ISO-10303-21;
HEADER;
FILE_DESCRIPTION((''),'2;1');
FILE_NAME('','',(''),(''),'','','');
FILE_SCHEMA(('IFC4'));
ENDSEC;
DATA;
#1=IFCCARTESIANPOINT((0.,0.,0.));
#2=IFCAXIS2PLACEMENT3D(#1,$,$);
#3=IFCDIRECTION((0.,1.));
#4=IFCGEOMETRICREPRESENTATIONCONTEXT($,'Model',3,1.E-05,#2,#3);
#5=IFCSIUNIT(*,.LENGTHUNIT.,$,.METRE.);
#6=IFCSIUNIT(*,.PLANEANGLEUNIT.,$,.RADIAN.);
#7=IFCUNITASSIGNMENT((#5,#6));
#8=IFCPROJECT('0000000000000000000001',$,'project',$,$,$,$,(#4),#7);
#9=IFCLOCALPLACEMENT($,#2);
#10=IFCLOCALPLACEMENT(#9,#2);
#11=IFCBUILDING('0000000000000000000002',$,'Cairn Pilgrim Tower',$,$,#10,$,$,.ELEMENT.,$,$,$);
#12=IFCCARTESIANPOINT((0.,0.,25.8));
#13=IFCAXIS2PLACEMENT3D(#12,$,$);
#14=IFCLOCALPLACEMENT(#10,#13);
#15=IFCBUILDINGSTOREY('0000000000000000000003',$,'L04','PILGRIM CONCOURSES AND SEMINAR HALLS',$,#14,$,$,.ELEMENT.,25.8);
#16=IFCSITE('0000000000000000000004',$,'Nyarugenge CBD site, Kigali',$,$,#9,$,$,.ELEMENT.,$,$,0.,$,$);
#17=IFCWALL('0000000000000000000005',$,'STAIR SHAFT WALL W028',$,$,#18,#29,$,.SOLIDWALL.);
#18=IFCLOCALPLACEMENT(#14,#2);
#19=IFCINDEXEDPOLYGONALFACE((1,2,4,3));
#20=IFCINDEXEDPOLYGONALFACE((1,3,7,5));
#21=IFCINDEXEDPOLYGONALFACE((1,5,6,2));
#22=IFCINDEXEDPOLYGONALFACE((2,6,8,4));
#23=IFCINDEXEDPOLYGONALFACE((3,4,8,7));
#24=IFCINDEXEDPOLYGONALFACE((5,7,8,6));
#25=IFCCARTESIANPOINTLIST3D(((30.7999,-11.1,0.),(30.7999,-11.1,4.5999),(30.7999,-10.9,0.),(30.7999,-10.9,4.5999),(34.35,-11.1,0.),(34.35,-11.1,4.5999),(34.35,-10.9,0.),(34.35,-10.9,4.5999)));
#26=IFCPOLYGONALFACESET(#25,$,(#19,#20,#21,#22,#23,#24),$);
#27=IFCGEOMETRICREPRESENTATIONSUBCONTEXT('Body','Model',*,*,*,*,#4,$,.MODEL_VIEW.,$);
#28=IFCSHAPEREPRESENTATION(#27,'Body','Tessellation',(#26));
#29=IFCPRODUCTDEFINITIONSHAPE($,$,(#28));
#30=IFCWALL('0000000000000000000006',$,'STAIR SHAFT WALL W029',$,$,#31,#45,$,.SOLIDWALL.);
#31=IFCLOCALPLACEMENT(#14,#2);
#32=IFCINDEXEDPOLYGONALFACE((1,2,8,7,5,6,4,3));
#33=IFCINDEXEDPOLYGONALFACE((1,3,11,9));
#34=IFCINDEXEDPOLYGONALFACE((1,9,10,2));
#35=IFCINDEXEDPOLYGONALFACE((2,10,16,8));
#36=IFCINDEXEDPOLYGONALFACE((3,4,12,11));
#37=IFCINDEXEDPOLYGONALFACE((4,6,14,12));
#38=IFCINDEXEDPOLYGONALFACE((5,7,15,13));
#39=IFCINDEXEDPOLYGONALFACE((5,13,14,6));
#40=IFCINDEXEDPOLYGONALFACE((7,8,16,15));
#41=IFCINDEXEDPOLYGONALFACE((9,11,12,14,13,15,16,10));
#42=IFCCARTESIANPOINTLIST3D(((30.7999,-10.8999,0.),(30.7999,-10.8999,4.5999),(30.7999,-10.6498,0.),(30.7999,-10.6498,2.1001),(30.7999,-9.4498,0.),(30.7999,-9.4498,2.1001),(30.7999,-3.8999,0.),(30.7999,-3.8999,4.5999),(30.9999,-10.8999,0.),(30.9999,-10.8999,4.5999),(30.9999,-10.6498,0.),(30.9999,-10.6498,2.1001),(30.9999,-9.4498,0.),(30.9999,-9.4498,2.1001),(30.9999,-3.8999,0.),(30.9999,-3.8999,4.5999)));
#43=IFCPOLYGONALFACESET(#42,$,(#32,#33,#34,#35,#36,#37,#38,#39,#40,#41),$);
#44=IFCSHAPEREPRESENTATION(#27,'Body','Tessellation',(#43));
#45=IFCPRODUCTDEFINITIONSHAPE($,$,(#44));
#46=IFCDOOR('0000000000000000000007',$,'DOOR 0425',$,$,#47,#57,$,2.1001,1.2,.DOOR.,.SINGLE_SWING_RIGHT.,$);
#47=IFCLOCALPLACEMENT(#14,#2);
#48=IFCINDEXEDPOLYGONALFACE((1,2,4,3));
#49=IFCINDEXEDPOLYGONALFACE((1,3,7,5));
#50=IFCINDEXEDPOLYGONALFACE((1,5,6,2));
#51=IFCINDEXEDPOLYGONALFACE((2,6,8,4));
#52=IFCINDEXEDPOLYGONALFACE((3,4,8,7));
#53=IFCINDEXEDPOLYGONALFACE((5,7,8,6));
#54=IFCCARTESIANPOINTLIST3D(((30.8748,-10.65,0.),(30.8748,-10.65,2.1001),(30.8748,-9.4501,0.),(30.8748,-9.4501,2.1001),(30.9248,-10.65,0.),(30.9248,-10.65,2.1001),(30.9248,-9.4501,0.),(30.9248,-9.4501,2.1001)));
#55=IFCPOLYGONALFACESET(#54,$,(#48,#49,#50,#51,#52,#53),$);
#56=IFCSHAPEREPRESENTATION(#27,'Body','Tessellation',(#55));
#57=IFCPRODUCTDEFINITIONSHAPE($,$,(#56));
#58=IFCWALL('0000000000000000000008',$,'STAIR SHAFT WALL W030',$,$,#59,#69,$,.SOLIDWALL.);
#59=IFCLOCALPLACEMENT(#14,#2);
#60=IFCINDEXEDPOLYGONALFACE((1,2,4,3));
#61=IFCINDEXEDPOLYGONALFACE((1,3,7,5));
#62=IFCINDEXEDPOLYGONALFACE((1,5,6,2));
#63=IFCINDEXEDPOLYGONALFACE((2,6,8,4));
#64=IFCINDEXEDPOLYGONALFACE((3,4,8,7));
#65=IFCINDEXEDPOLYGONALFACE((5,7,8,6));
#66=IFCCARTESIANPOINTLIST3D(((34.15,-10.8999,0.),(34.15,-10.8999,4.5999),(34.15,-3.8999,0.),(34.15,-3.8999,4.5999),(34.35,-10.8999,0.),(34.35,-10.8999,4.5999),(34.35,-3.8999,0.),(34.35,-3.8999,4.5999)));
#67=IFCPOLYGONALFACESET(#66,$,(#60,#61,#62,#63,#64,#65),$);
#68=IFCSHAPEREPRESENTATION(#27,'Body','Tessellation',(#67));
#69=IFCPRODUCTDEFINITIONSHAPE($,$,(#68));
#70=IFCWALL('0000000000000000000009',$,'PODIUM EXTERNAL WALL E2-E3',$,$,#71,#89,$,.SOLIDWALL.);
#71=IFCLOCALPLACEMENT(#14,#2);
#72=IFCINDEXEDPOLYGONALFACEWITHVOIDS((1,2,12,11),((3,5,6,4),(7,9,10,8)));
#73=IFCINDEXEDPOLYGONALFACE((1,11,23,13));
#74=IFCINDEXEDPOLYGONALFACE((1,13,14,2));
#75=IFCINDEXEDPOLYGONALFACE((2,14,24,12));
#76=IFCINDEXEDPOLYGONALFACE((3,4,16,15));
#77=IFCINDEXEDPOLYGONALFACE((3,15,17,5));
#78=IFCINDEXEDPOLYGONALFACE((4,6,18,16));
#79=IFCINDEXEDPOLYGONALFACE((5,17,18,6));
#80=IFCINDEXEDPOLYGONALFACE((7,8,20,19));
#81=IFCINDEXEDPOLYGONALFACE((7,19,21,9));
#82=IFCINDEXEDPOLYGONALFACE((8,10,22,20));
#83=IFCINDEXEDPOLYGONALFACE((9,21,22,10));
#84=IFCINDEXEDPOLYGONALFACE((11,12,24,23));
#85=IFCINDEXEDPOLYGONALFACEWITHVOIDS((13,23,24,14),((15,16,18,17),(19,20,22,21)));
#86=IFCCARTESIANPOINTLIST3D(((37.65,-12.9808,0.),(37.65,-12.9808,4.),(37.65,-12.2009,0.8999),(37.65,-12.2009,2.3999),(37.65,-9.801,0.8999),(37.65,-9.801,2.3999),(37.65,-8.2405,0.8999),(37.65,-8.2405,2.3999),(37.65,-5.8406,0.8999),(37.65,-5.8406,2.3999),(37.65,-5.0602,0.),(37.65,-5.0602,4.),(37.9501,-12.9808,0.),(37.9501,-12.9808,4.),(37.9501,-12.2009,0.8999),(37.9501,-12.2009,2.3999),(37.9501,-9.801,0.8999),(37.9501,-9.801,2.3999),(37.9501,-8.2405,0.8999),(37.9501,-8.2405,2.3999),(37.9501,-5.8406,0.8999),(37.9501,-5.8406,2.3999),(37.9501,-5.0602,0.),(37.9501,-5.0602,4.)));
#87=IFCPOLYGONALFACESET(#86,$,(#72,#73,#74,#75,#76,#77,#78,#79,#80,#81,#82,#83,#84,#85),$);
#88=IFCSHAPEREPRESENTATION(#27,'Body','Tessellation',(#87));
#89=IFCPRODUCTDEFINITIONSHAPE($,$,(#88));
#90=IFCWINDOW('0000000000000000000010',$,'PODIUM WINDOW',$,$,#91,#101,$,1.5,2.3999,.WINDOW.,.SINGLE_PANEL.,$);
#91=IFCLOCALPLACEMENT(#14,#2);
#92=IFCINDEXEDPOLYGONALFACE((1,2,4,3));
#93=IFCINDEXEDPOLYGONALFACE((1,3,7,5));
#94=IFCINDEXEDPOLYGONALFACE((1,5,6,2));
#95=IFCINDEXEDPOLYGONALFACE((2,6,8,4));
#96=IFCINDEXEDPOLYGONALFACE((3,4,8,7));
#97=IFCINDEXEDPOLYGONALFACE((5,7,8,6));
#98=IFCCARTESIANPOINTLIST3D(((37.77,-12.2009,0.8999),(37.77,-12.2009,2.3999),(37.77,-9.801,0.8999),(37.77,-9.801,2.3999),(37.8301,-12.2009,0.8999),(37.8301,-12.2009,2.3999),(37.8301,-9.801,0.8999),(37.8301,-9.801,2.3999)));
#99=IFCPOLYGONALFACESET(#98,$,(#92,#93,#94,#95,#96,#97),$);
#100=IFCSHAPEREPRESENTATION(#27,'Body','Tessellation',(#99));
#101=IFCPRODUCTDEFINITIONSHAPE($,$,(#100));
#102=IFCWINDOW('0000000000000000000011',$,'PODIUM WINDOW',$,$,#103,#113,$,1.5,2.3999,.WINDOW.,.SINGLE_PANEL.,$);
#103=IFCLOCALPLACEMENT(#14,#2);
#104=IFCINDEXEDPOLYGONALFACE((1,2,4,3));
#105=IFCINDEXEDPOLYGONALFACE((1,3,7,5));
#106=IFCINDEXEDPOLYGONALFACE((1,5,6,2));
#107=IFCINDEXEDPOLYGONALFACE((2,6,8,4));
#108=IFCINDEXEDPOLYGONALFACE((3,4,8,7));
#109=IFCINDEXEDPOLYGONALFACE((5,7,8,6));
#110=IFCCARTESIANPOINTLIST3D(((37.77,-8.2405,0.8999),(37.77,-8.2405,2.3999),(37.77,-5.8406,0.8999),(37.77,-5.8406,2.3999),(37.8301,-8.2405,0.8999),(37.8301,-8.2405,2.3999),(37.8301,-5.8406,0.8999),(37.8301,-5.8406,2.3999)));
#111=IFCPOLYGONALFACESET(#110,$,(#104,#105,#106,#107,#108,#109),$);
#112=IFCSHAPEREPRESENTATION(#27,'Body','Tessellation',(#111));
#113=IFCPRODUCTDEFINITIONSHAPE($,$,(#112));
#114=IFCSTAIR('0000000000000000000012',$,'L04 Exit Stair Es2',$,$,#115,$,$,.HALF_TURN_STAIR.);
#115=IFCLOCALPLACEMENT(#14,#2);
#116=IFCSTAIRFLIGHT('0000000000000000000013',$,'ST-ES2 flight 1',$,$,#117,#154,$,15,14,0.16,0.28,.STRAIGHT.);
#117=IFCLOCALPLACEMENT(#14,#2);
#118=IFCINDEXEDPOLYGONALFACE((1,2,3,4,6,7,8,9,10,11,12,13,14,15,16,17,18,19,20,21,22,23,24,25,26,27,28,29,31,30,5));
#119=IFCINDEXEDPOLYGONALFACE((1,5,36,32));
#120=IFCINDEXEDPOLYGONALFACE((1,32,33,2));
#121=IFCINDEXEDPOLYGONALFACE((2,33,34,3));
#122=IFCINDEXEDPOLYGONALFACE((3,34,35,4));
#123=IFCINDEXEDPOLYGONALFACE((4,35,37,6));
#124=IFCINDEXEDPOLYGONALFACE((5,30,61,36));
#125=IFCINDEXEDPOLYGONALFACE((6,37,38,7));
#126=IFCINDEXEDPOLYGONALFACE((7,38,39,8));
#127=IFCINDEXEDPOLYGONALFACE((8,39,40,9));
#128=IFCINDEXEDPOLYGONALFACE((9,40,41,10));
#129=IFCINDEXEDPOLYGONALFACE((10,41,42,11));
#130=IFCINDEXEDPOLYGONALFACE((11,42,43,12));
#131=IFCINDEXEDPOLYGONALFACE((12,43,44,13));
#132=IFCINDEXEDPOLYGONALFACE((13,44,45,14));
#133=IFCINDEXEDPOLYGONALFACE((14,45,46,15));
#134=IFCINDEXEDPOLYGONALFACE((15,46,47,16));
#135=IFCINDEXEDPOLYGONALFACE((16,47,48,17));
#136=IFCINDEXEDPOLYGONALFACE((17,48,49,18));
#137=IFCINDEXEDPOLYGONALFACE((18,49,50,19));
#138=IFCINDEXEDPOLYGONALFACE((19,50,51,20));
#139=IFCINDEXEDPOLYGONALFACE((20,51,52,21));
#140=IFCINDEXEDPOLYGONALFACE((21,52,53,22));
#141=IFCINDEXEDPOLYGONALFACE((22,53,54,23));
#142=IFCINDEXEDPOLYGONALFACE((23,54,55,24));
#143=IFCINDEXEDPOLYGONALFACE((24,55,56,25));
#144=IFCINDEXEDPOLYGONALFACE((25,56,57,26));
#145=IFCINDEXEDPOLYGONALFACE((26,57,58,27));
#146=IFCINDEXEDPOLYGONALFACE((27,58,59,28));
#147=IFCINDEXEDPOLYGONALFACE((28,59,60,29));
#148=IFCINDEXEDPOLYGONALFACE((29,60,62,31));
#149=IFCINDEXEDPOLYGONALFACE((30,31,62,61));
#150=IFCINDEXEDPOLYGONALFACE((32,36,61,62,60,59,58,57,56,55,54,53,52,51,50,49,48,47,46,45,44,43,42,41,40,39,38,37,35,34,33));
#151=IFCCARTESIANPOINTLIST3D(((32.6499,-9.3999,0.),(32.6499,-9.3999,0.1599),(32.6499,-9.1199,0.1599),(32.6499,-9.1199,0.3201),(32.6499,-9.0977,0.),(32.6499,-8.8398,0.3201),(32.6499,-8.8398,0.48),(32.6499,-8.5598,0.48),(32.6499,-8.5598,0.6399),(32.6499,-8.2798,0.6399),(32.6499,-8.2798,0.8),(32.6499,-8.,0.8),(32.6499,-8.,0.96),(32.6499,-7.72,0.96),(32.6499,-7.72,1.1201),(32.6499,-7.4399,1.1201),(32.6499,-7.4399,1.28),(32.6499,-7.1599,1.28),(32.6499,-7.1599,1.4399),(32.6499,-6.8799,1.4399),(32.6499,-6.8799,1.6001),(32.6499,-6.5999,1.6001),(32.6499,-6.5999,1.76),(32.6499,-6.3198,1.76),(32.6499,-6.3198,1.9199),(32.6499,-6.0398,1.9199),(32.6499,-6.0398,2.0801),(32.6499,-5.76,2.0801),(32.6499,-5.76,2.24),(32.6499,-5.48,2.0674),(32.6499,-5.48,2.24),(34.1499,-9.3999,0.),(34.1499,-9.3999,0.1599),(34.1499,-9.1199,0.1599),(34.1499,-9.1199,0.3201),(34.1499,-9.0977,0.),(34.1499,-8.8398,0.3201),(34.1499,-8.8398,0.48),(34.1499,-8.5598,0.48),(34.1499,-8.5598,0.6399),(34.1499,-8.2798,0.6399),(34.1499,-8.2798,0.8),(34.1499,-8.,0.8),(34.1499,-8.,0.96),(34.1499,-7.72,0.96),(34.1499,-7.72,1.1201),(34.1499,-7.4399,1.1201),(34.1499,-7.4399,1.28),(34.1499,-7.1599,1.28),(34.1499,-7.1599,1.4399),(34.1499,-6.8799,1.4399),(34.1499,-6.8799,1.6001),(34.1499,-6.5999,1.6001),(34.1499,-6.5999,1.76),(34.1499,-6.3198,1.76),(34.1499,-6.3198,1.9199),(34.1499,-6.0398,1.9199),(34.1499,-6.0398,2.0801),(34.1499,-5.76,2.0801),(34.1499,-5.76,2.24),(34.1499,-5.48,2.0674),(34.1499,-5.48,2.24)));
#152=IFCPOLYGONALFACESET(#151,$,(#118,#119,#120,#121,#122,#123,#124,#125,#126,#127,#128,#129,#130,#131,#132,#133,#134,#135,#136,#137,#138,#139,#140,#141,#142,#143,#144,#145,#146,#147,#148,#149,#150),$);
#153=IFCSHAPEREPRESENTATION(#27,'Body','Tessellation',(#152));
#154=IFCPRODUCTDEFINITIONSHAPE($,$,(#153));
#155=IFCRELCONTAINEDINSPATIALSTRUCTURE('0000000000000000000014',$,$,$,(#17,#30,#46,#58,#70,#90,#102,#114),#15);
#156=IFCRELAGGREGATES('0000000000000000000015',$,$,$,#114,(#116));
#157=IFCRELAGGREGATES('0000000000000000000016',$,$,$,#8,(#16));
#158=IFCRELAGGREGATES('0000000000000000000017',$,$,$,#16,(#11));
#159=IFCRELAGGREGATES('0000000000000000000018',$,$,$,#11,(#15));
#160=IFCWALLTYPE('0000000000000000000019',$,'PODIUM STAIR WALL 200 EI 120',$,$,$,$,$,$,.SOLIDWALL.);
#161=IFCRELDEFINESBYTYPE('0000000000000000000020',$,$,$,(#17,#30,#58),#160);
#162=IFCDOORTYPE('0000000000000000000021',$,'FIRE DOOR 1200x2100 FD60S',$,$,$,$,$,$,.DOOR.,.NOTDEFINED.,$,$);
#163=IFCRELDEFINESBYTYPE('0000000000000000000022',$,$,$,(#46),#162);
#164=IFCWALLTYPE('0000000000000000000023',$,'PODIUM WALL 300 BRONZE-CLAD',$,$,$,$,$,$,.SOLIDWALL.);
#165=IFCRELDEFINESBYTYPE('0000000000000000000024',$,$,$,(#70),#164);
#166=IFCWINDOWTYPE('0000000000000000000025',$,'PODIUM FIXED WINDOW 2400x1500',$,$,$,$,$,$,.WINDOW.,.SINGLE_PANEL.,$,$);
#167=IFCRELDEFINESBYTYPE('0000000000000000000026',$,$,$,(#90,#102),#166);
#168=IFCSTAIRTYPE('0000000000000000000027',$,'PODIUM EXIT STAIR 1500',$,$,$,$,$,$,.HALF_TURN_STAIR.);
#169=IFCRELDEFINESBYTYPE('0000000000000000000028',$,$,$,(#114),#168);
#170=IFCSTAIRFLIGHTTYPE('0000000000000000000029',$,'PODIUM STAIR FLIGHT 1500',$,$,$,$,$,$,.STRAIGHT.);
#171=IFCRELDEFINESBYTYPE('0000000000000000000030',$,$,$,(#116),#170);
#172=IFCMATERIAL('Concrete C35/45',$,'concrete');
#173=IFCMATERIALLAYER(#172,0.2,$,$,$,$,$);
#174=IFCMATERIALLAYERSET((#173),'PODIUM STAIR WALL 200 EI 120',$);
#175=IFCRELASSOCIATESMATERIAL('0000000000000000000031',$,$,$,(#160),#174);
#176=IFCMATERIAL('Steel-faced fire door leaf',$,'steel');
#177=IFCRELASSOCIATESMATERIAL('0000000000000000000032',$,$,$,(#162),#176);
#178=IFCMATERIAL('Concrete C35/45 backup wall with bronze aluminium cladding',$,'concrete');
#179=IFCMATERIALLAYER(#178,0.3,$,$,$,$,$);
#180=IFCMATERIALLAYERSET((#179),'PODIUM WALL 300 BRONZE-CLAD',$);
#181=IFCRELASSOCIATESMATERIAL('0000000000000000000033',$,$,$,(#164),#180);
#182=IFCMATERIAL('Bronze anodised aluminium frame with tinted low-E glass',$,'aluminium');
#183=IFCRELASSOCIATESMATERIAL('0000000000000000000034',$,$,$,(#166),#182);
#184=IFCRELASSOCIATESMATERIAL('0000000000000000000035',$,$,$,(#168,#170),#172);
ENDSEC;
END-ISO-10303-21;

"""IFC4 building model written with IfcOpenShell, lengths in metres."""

from ifc_helpers import new_model, si_unit, direction, frame, frame_2d, origin, place, context, subcontext, project, spatial, polyline, rectangle, outline, extrude, material, layer, layer_set, type_object, element, fill, aggregate, save


model = new_model("IFC4")

# Units and contexts
model_context = context("Model", 3, precision=1e-05, world=origin(), true_north=direction((0.0, 1.0)))
body_context = subcontext(model_context, "Body", "Model", "MODEL_VIEW")
ifc_project = project(units=[si_unit("LENGTHUNIT", "METRE"), si_unit("PLANEANGLEUNIT", "RADIAN")], contexts=[model_context])

# Site, building, storey
site_placement = place(None, origin())
site = spatial("IfcSite", under=ifc_project, at=site_placement, Name="Nyarugenge CBD site, Kigali", CompositionType="ELEMENT", RefElevation=0.0)
building_placement = place(site_placement, origin())
building = spatial("IfcBuilding", under=site, at=building_placement, Name="Cairn Pilgrim Tower", CompositionType="ELEMENT")
storey_placement = place(building_placement, frame((0.0, 0.0, 25.8)))
storey = spatial("IfcBuildingStorey", under=building, at=storey_placement, Name="L04", Description="PILGRIM CONCOURSES AND SEMINAR HALLS", CompositionType="ELEMENT", Elevation=25.8)

# Wall
ifc_material_1 = material(Name="Concrete C35/45", Category="concrete")
ifc_layer_1 = layer(ifc_material_1, 0.2)
ifc_layer_set_1 = layer_set([ifc_layer_1], Name="PODIUM STAIR WALL 200 EI 120")
wall_type_1 = type_object("IfcWallType", Name="PODIUM STAIR WALL 200 EI 120", PredefinedType="SOLIDWALL", material=ifc_layer_set_1)
wall_1_placement = place(storey_placement, frame((30.8, -11.0, 0.0), z_axis=(0.0, 0.0, 1.0), x_axis=(1.0, 0.0, 0.0)))
element("IfcWall", 1, at=wall_1_placement, inside=storey, type_object=wall_type_1, Name="STAIR SHAFT WALL W028", PredefinedType="SOLIDWALL", context=body_context, shape_type="SweptSolid", body=[
    extrude(rectangle(XDim=3.55, YDim=0.2, at=frame_2d((1.7749, 0.0))), origin(), (0.0, 0.0, 1.0), 4.5999),
])

# Wall, opening, door
wall_2_placement = place(storey_placement, frame((30.8999, -10.8999, 0.0), z_axis=(0.0, 0.0, 1.0), x_axis=(0.0, 1.0, 0.0)))
wall_2 = element("IfcWall", 2, at=wall_2_placement, inside=storey, type_object=wall_type_1, Name="STAIR SHAFT WALL W029", PredefinedType="SOLIDWALL", context=body_context, shape_type="SweptSolid", body=[
    extrude(rectangle(XDim=7.0, YDim=0.2, at=frame_2d((3.5, 0.0))), origin(), (0.0, 0.0, 1.0), 4.5999),
])
opening_1_placement = place(wall_2_placement, frame((0.25, 0.0, 0.0)))
opening_1 = element("IfcOpeningElement", 3, at=opening_1_placement, cuts=wall_2, PredefinedType="OPENING", context=body_context, shape_type="SweptSolid", body=[
    extrude(rectangle(XDim=1.2, YDim=2.1001, at=frame_2d((0.6001, 1.05))), frame((0.0, 0.1099, 0.0), z_axis=(0.0, -1.0, 0.0), x_axis=(1.0, 0.0, 0.0)), (0.0, 0.0, 1.0), 0.22),
])
ifc_material_2 = material(Name="Steel-faced fire door leaf", Category="steel")
door_type_1 = type_object("IfcDoorType", Name="FIRE DOOR 1200x2100 FD60S", OperationType="NOTDEFINED", PredefinedType="DOOR", material=ifc_material_2)
door_1_placement = place(opening_1_placement, frame((1.2, 0.0, 0.0), z_axis=(0.0, 0.0, 1.0), x_axis=(-1.0, 0.0, 0.0)))
door_1 = element("IfcDoor", 4, at=door_1_placement, inside=storey, type_object=door_type_1, Name="DOOR 0425", OperationType="SINGLE_SWING_RIGHT", OverallHeight=2.1001, OverallWidth=1.2, PredefinedType="DOOR", context=body_context, shape_type="SweptSolid", body=[
    extrude(rectangle(XDim=1.2, YDim=2.1001, at=frame_2d((0.6001, 1.05))), frame((0.0, 0.0249, 0.0), z_axis=(0.0, -1.0, 0.0), x_axis=(1.0, 0.0, 0.0)), (0.0, 0.0, 1.0), 0.05),
])
fill(opening_1, door_1)

# Wall
wall_3_placement = place(storey_placement, frame((34.25, -10.8999, 0.0), z_axis=(0.0, 0.0, 1.0), x_axis=(0.0, 1.0, 0.0)))
element("IfcWall", 5, at=wall_3_placement, inside=storey, type_object=wall_type_1, Name="STAIR SHAFT WALL W030", PredefinedType="SOLIDWALL", context=body_context, shape_type="SweptSolid", body=[
    extrude(rectangle(XDim=7.0, YDim=0.2, at=frame_2d((3.5, 0.0))), origin(), (0.0, 0.0, 1.0), 4.5999),
])

# Wall, openings, windows
ifc_material_3 = material(Name="Concrete C35/45 backup wall with bronze aluminium cladding", Category="concrete")
ifc_layer_2 = layer(ifc_material_3, 0.3)
ifc_layer_set_2 = layer_set([ifc_layer_2], Name="PODIUM WALL 300 BRONZE-CLAD")
wall_type_2 = type_object("IfcWallType", Name="PODIUM WALL 300 BRONZE-CLAD", PredefinedType="SOLIDWALL", material=ifc_layer_set_2)
wall_4_placement = place(storey_placement, frame((37.8, -12.981, 0.0), z_axis=(0.0, 0.0, 1.0), x_axis=(0.0, 1.0, 0.0)))
wall_4 = element("IfcWall", 6, at=wall_4_placement, inside=storey, type_object=wall_type_2, Name="PODIUM EXTERNAL WALL E2-E3", PredefinedType="SOLIDWALL", context=body_context, shape_type="SweptSolid", body=[
    extrude(rectangle(XDim=7.9207, YDim=0.3, at=frame_2d((3.9604, 0.0))), origin(), (0.0, 0.0, 1.0), 4.0),
])
opening_2_placement = place(wall_4_placement, frame((0.78, 0.0, 0.8999)))
opening_2 = element("IfcOpeningElement", 7, at=opening_2_placement, cuts=wall_4, PredefinedType="OPENING", context=body_context, shape_type="SweptSolid", body=[
    extrude(rectangle(XDim=2.3999, YDim=1.5, at=frame_2d((1.2, 0.75))), frame((0.0, 0.1602, 0.0), z_axis=(0.0, -1.0, 0.0), x_axis=(1.0, 0.0, 0.0)), (0.0, 0.0, 1.0), 0.3201),
])
opening_3_placement = place(wall_4_placement, frame((4.7405, 0.0, 0.8999)))
opening_3 = element("IfcOpeningElement", 8, at=opening_3_placement, cuts=wall_4, PredefinedType="OPENING", context=body_context, shape_type="SweptSolid", body=[
    extrude(rectangle(XDim=2.3999, YDim=1.5, at=frame_2d((1.2, 0.75))), frame((0.0, 0.1602, 0.0), z_axis=(0.0, -1.0, 0.0), x_axis=(1.0, 0.0, 0.0)), (0.0, 0.0, 1.0), 0.3201),
])
ifc_material_4 = material(Name="Bronze anodised aluminium frame with tinted low-E glass", Category="aluminium")
window_type = type_object("IfcWindowType", Name="PODIUM FIXED WINDOW 2400x1500", PartitioningType="SINGLE_PANEL", PredefinedType="WINDOW", material=ifc_material_4)
window_1_placement = place(opening_2_placement, origin())
window_1 = element("IfcWindow", 9, at=window_1_placement, inside=storey, type_object=window_type, Name="PODIUM WINDOW", OverallHeight=1.5, OverallWidth=2.3999, PartitioningType="SINGLE_PANEL", PredefinedType="WINDOW", context=body_context, shape_type="SweptSolid", body=[
    extrude(rectangle(XDim=2.3999, YDim=1.5, at=frame_2d((1.2, 0.75))), frame((0.0, 0.03, 0.0), z_axis=(0.0, -1.0, 0.0), x_axis=(1.0, 0.0, 0.0)), (0.0, 0.0, 1.0), 0.0601),
])
fill(opening_2, window_1)
window_2_placement = place(opening_3_placement, origin())
window_2 = element("IfcWindow", 10, at=window_2_placement, inside=storey, type_object=window_type, Name="PODIUM WINDOW", OverallHeight=1.5, OverallWidth=2.3999, PartitioningType="SINGLE_PANEL", PredefinedType="WINDOW", context=body_context, shape_type="SweptSolid", body=[
    extrude(rectangle(XDim=2.3999, YDim=1.5, at=frame_2d((1.2, 0.75))), frame((0.0, 0.03, 0.0), z_axis=(0.0, -1.0, 0.0), x_axis=(1.0, 0.0, 0.0)), (0.0, 0.0, 1.0), 0.0601),
])
fill(opening_3, window_2)

# Stair, stair flight
stair_type = type_object("IfcStairType", Name="PODIUM EXIT STAIR 1500", PredefinedType="HALF_TURN_STAIR", material=ifc_material_1)
stair_placement = place(storey_placement, origin())
stair = element("IfcStair", 11, at=stair_placement, inside=storey, type_object=stair_type, Name="L04 Exit Stair Es2", PredefinedType="HALF_TURN_STAIR")
stair_flight_type = type_object("IfcStairFlightType", Name="PODIUM STAIR FLIGHT 1500", PredefinedType="STRAIGHT", material=ifc_material_1)
stair_flight_1_placement = place(storey_placement, frame((33.3999, -9.3999, 0.0), z_axis=(0.0, 0.0, 1.0), x_axis=(0.0, 1.0, 0.0)))
stair_flight_1 = element("IfcStairFlight", 12, at=stair_flight_1_placement, type_object=stair_flight_type, Name="ST-ES2 flight 1", NumberOfRisers=15, NumberOfTreads=14, PredefinedType="STRAIGHT", RiserHeight=0.16, TreadLength=0.28, context=body_context, shape_type="SweptSolid", body=[
    extrude(outline(polyline([(0.0, 0.0), (0.0, 0.1599), (0.28, 0.1599), (0.28, 0.3201), (0.5601, 0.3201), (0.5601, 0.48), (0.8401, 0.48), (0.8401, 0.6399), (1.1201, 0.6399), (1.1201, 0.8), (1.3999, 0.8), (1.3999, 0.96), (1.6799, 0.96), (1.6799, 1.1201), (1.96, 1.1201), (1.96, 1.28), (2.24, 1.28), (2.24, 1.4399), (2.52, 1.4399), (2.52, 1.6001), (2.8, 1.6001), (2.8, 1.76), (3.0801, 1.76), (3.0801, 1.9199), (3.3601, 1.9199), (3.3601, 2.0801), (3.6399, 2.0801), (3.6399, 2.24), (3.9199, 2.24), (3.9199, 2.3999), (3.9199, 2.0674), (0.3022, 0.0), (0.0, 0.0)])), frame((0.0, 0.75, 0.0), z_axis=(0.0, -1.0, 0.0), x_axis=(1.0, 0.0, 0.0)), (0.0, 0.0, 1.0), 1.5),
])
aggregate(stair, [stair_flight_1])

save(model, "model.ifc")
